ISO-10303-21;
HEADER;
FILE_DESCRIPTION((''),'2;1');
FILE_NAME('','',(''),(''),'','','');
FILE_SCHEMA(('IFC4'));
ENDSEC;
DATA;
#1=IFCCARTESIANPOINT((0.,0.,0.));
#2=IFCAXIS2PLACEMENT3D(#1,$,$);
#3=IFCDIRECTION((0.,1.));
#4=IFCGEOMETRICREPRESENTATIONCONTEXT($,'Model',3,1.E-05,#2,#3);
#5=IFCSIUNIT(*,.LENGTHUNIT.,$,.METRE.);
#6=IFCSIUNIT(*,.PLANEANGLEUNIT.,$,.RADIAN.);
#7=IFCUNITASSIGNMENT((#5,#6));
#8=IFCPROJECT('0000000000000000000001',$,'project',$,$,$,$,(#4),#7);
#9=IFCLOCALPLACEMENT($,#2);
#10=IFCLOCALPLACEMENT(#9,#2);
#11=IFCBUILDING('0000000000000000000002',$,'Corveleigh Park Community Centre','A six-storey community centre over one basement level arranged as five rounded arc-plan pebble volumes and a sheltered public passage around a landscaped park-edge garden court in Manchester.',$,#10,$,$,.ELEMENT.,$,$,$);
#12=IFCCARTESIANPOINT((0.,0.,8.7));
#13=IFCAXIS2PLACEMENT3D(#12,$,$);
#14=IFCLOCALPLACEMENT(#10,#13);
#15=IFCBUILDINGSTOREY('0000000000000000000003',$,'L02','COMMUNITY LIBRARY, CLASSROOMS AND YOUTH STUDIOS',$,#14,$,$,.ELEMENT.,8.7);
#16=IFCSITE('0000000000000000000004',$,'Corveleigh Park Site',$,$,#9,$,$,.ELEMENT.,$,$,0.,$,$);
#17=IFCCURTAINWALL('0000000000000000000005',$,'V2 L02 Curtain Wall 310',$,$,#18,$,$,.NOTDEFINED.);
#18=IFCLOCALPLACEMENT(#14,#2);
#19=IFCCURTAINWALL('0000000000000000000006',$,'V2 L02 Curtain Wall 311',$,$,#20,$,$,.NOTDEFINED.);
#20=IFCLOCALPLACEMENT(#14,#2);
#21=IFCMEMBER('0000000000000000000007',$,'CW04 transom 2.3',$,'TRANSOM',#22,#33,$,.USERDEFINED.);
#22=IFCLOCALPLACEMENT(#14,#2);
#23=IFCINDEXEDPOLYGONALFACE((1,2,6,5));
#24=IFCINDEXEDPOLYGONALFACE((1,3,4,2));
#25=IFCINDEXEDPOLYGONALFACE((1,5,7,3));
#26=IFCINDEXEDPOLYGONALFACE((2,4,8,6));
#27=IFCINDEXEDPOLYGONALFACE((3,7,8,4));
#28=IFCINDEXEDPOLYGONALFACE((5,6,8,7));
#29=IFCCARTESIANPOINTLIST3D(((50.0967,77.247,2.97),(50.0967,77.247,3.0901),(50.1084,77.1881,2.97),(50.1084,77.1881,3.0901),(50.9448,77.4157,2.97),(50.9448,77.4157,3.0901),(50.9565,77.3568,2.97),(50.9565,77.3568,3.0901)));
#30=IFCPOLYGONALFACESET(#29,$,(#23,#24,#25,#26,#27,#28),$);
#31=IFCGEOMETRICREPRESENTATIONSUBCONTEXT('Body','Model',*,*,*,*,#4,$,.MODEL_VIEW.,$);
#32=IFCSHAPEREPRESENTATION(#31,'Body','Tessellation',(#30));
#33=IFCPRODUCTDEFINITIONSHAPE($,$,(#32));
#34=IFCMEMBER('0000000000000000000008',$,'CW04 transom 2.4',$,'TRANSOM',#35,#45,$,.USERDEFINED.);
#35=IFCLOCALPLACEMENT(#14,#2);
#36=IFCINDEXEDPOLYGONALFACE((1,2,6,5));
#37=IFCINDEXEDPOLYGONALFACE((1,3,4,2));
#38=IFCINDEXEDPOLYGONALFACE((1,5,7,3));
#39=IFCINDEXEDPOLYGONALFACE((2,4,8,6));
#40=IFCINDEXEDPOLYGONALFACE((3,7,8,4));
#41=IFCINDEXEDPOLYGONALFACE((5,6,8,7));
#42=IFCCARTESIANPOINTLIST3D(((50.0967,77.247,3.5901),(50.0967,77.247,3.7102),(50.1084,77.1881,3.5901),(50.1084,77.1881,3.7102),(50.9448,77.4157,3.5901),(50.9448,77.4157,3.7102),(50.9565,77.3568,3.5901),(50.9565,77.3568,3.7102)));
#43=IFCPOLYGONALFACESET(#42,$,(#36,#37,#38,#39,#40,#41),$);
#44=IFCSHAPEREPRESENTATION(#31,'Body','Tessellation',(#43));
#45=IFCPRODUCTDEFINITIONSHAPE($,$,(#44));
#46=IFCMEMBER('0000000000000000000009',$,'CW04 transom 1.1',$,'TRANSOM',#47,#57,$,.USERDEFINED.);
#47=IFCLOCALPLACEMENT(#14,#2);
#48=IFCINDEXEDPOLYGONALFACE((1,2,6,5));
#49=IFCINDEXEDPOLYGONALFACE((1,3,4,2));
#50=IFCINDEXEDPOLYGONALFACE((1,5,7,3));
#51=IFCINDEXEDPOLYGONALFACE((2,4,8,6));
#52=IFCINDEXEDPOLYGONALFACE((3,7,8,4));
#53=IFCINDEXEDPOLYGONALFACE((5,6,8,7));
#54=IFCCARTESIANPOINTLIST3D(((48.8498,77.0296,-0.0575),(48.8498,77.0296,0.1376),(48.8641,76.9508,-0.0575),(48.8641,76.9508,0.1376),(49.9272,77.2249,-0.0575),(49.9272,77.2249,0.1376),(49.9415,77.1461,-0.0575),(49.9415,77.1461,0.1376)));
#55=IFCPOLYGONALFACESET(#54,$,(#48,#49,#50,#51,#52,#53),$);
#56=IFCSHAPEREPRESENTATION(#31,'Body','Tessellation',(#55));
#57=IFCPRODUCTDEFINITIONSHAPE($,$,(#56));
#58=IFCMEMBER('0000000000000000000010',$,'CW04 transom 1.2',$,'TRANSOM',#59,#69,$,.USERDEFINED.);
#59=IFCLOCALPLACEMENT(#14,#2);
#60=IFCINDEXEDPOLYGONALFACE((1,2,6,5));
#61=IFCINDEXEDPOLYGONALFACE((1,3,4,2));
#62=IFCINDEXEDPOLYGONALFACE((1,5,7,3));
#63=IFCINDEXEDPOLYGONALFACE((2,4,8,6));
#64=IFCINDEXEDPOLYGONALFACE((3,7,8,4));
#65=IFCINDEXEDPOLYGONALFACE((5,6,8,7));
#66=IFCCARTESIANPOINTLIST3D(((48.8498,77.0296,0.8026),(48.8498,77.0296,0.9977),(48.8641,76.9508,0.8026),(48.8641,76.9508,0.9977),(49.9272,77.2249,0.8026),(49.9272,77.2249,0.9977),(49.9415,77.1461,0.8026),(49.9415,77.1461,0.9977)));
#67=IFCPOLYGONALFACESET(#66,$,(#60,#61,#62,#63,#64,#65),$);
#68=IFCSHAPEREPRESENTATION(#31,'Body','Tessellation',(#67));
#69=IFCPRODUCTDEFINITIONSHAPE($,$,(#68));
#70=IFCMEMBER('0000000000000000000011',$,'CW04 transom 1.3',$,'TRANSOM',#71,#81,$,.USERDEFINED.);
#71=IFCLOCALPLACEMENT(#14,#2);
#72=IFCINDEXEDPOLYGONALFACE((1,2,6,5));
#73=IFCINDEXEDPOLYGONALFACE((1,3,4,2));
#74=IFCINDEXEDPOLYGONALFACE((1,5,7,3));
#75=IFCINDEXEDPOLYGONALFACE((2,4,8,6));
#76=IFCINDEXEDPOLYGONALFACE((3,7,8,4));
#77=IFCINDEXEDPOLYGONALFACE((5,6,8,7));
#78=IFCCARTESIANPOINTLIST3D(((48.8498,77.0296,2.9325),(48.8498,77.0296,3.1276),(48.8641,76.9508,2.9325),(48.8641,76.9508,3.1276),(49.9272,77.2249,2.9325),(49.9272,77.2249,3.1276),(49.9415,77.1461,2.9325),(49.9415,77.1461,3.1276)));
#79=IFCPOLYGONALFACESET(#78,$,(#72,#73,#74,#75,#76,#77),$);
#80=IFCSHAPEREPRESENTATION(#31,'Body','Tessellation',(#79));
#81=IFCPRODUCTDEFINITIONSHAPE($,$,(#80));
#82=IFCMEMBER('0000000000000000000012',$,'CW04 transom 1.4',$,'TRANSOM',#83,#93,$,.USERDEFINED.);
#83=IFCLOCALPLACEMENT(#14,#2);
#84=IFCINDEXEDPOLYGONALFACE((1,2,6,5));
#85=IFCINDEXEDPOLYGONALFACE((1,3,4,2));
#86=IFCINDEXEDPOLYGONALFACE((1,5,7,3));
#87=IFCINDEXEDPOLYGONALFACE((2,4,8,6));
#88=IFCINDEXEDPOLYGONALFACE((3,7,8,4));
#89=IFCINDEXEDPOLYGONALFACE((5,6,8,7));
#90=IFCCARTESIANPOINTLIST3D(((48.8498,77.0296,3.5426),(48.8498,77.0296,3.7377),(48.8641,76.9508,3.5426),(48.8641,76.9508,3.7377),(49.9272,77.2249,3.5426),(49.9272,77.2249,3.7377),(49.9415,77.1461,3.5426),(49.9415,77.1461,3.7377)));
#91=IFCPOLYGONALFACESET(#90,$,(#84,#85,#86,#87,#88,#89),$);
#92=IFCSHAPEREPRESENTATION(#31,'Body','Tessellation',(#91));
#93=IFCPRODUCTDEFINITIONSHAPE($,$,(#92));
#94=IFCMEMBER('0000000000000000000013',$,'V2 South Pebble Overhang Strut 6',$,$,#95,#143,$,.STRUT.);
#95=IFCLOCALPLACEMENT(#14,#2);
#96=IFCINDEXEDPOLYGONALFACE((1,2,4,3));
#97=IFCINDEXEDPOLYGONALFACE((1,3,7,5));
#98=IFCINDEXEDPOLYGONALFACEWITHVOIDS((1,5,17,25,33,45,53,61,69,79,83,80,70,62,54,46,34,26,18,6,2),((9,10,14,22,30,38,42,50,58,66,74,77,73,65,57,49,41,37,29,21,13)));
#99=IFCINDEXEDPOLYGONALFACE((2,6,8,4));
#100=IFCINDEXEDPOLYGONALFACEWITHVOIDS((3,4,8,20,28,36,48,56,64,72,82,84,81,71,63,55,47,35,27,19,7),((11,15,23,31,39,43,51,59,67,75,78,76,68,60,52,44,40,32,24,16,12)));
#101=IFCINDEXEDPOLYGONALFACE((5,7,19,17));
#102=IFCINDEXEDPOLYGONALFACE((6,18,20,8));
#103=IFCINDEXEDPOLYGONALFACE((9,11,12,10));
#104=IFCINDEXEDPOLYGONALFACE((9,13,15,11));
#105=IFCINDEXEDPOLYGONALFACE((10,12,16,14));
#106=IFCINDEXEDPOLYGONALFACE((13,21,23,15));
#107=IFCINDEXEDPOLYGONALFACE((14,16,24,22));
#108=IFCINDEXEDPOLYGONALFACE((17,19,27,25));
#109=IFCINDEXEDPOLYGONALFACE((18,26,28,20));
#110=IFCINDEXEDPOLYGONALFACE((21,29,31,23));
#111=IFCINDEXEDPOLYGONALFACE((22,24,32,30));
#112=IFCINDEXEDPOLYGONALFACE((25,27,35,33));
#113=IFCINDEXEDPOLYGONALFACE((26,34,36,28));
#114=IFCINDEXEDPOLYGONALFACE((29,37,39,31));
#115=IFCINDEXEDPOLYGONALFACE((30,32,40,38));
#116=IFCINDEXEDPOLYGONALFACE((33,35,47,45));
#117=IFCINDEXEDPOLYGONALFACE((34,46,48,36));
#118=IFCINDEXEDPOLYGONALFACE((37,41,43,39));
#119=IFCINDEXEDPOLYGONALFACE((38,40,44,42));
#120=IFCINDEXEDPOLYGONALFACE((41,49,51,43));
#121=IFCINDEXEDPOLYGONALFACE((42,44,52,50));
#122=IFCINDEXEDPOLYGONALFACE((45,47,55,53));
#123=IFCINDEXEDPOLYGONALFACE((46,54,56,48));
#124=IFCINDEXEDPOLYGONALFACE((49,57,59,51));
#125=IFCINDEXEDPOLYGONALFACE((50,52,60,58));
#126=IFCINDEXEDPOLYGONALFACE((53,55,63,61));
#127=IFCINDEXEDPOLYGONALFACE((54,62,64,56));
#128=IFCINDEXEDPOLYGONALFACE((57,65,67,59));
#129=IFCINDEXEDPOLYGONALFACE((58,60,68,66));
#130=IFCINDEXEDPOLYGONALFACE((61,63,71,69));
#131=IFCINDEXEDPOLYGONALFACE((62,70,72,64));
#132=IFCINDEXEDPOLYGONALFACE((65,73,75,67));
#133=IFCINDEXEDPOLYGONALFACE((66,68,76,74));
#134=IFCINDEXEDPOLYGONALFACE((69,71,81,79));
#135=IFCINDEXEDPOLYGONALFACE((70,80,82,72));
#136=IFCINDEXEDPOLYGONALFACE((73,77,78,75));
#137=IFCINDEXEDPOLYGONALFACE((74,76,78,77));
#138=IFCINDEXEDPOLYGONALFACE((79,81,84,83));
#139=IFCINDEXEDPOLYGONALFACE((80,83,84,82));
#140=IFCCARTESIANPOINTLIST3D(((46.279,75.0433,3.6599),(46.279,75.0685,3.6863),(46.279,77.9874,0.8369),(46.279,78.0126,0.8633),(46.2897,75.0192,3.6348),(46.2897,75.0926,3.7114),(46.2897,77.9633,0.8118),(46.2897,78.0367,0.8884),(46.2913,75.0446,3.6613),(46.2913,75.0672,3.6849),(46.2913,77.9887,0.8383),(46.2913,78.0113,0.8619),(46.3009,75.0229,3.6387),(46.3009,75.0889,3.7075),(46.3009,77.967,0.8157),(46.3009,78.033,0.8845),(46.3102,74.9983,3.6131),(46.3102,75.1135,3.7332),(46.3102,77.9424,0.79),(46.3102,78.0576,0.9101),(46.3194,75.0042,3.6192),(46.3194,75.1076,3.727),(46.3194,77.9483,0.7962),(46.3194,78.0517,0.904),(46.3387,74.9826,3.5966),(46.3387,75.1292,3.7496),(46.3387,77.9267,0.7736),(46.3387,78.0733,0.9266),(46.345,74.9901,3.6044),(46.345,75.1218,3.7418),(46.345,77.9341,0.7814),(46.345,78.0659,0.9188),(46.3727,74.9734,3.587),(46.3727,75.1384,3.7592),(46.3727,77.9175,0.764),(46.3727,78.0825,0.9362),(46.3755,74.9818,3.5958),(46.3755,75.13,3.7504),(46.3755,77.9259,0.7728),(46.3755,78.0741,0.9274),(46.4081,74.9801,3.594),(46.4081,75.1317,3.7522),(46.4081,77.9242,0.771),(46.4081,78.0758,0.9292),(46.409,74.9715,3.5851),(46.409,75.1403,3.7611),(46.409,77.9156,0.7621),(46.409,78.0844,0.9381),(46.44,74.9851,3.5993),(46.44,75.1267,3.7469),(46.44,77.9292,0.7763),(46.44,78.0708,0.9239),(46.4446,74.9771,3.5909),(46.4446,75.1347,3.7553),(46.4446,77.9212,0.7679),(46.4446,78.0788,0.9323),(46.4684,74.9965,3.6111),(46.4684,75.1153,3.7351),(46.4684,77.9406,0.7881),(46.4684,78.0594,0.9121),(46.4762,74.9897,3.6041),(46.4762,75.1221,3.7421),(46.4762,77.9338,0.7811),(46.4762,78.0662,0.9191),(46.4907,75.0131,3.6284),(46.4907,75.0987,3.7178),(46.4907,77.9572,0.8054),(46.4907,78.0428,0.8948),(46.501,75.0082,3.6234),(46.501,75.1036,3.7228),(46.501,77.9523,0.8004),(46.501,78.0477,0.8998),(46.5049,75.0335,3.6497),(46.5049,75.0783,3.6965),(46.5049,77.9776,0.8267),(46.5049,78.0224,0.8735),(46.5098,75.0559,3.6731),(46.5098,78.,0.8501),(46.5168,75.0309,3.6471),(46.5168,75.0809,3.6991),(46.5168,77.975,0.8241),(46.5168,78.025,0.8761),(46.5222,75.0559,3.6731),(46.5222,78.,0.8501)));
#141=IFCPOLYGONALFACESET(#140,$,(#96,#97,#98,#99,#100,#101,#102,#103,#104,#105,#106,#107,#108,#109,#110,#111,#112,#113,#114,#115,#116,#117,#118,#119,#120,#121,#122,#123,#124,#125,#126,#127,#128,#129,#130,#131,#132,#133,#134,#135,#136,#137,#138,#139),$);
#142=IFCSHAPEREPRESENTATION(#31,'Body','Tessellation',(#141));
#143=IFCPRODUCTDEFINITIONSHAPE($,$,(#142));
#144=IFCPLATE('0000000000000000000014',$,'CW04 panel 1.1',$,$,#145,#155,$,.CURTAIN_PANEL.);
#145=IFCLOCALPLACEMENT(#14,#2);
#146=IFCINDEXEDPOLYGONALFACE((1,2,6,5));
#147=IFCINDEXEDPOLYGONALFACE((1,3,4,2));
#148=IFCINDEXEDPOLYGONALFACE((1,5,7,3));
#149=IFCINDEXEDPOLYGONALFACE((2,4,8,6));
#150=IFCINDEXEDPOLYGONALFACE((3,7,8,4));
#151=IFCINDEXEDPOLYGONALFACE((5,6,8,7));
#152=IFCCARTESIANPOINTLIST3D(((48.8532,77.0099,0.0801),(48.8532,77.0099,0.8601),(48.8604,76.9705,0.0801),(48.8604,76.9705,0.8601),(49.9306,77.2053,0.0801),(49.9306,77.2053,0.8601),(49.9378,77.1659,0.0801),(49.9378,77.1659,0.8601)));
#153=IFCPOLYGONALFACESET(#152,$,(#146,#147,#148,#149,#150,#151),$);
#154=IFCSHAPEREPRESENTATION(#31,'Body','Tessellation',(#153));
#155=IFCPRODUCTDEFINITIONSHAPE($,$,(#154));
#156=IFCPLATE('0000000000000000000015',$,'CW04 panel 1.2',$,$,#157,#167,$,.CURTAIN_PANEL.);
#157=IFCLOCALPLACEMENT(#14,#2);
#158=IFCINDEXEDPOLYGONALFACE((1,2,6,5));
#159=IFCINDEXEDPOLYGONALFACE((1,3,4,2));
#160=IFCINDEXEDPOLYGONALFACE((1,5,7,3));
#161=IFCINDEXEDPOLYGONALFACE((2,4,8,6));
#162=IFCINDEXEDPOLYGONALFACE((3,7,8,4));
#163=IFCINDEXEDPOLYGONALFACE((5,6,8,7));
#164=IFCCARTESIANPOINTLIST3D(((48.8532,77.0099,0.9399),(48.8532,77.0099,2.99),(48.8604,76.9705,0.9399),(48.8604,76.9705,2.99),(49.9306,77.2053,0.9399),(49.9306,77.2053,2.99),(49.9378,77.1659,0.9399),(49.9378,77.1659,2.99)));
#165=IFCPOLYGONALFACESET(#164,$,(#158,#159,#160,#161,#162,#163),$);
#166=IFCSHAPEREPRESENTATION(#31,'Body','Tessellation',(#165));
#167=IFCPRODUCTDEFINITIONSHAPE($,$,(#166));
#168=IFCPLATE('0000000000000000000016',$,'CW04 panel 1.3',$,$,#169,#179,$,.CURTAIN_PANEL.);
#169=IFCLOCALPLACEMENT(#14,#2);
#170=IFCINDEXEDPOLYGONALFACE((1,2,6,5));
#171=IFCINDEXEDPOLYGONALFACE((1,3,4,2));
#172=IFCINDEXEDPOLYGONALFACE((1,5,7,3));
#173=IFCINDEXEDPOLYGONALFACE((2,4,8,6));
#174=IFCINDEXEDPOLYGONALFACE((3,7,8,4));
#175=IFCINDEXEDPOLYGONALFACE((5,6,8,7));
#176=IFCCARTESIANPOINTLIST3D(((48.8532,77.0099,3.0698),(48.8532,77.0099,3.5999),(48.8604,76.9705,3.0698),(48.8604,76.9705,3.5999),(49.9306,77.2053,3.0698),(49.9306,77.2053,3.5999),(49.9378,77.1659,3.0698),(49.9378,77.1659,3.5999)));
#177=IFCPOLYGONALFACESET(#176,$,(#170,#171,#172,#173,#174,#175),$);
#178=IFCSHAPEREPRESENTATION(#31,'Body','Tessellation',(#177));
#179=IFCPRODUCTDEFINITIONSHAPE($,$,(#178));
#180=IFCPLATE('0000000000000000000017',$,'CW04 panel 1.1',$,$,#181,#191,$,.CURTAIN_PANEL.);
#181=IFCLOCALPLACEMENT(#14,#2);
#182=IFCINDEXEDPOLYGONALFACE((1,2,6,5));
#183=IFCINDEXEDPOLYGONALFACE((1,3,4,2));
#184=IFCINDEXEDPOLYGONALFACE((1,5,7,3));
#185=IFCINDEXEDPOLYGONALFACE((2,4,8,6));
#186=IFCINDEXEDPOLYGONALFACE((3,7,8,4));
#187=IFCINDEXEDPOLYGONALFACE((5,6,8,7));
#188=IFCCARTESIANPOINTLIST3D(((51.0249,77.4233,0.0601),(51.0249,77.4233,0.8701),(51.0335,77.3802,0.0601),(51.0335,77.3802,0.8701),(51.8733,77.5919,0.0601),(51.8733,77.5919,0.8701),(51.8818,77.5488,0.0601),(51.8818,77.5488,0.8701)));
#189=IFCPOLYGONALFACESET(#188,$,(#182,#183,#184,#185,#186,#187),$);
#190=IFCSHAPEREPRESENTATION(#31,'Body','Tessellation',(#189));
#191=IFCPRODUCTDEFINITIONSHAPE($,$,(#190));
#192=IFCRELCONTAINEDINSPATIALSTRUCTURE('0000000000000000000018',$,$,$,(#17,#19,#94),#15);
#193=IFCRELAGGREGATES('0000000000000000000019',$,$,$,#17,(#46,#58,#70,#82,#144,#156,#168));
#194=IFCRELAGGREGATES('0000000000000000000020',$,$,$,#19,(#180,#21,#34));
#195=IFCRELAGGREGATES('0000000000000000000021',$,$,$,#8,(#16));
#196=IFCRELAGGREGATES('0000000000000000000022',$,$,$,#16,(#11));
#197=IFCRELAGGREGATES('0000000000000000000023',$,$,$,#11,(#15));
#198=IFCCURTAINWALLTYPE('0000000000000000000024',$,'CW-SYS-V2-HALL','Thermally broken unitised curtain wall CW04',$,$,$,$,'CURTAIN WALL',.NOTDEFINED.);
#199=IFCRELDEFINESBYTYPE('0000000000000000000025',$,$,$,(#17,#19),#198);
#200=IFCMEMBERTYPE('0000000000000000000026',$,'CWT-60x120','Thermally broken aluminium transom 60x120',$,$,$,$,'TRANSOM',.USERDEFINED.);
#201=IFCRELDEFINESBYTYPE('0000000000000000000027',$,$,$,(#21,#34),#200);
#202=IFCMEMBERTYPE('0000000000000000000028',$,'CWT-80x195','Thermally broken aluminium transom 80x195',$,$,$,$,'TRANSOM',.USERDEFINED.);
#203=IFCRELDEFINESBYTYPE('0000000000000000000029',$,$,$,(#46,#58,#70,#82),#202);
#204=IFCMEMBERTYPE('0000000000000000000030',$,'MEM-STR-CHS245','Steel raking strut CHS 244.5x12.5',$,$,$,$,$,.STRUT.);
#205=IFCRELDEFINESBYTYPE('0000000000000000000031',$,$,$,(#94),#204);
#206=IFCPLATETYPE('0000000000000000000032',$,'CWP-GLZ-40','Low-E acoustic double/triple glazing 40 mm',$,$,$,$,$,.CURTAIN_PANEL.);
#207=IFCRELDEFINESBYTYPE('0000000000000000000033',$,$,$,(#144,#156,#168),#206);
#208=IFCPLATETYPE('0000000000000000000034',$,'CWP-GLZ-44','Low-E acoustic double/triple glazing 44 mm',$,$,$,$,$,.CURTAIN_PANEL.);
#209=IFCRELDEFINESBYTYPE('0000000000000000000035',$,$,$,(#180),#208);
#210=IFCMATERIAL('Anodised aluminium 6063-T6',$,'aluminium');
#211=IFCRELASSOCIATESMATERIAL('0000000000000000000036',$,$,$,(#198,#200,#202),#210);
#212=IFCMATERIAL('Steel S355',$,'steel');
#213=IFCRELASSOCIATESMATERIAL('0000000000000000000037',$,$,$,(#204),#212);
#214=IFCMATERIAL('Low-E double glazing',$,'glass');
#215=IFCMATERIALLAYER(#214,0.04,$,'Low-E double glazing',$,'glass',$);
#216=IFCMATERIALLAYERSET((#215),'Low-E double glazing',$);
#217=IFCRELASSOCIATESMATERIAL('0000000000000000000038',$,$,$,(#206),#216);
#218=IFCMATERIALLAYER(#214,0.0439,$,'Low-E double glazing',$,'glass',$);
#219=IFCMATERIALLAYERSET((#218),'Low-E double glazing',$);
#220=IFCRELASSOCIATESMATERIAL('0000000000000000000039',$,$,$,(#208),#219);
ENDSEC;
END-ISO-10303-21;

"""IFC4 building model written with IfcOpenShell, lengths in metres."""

from ifc_helpers import new_model, si_unit, direction, frame, origin, origin_2d, place, context, subcontext, project, spatial, rectangle, hollow_circle, extrude, material, layer, layer_set, material_profile, profile_set, type_object, element, aggregate, save


model = new_model("IFC4")

# Units and contexts
model_context = context("Model", 3, precision=1e-05, world=origin(), true_north=direction((0.0, 1.0)))
body_context = subcontext(model_context, "Body", "Model", "MODEL_VIEW")
ifc_project = project(units=[si_unit("LENGTHUNIT", "METRE"), si_unit("PLANEANGLEUNIT", "RADIAN")], contexts=[model_context])

# Site, building, storey
site_placement = place(None, origin())
site = spatial("IfcSite", under=ifc_project, at=site_placement, Name="Corveleigh Park Site", CompositionType="ELEMENT", RefElevation=0.0)
building_placement = place(site_placement, origin())
building = spatial("IfcBuilding", under=site, at=building_placement, Name="Corveleigh Park Community Centre", Description="A six-storey community centre over one basement level arranged as five rounded arc-plan pebble volumes and a sheltered public passage around a landscaped park-edge garden court in Manchester.", CompositionType="ELEMENT")
storey_placement = place(building_placement, frame((0.0, 0.0, 8.7)))
storey = spatial("IfcBuildingStorey", under=building, at=storey_placement, Name="L02", Description="COMMUNITY LIBRARY, CLASSROOMS AND YOUTH STUDIOS", CompositionType="ELEMENT", Elevation=8.7)

# Shared definitions
ifc_material_1 = material(Name="Steel S355", Category="steel")

# Curtain walls, members
ifc_material_2 = material(Name="Anodised aluminium 6063-T6", Category="aluminium")
curtain_wall_type = type_object("IfcCurtainWallType", Name="CW-SYS-V2-HALL", Description="Thermally broken unitised curtain wall CW04", ElementType="CURTAIN WALL", PredefinedType="NOTDEFINED", material=ifc_material_2)
curtain_wall_1_placement = place(storey_placement, origin())
curtain_wall_1 = element("IfcCurtainWall", 1, at=curtain_wall_1_placement, inside=storey, type_object=curtain_wall_type, Name="V2 L02 Curtain Wall 310", PredefinedType="NOTDEFINED")
curtain_wall_2_placement = place(storey_placement, origin())
curtain_wall_2 = element("IfcCurtainWall", 2, at=curtain_wall_2_placement, inside=storey, type_object=curtain_wall_type, Name="V2 L02 Curtain Wall 311", PredefinedType="NOTDEFINED")
ifc_material_profile_1 = material_profile(ifc_material_2, rectangle(XDim=0.0601, YDim=0.1201, at=origin_2d()), Name="ALU-T60x120", Category="aluminium")
ifc_profile_set_1 = profile_set([ifc_material_profile_1], Name="Anodised aluminium 6063-T6")
member_type_1 = type_object("IfcMemberType", Name="CWT-60x120", Description="Thermally broken aluminium transom 60x120", ElementType="TRANSOM", PredefinedType="USERDEFINED", material=ifc_profile_set_1)
member_1_placement = place(storey_placement, frame((50.9507, 77.3862, 3.03), z_axis=(-0.980786, -0.195084, 0.0), x_axis=(0.195084, -0.980786, 0.0)))
member_1 = element("IfcMember", 3, at=member_1_placement, type_object=member_type_1, Name="CW04 transom 2.3", ObjectType="TRANSOM", PredefinedType="USERDEFINED", context=body_context, shape_type="SweptSolid", body=[
    extrude(rectangle(XDim=0.0601, YDim=0.1201, at=origin_2d()), origin(), (0.0, 0.0, 1.0), 0.8647),
])
member_2_placement = place(storey_placement, frame((50.9507, 77.3862, 3.6501), z_axis=(-0.980786, -0.195084, 0.0), x_axis=(0.195084, -0.980786, 0.0)))
member_2 = element("IfcMember", 4, at=member_2_placement, type_object=member_type_1, Name="CW04 transom 2.4", ObjectType="TRANSOM", PredefinedType="USERDEFINED", context=body_context, shape_type="SweptSolid", body=[
    extrude(rectangle(XDim=0.0601, YDim=0.1201, at=origin_2d()), origin(), (0.0, 0.0, 1.0), 0.8647),
])

# Members
ifc_material_profile_2 = material_profile(ifc_material_2, rectangle(XDim=0.0801, YDim=0.1951, at=origin_2d()), Name="ALU-T80x195", Category="aluminium")
ifc_profile_set_2 = profile_set([ifc_material_profile_2], Name="Anodised aluminium 6063-T6")
member_type_2 = type_object("IfcMemberType", Name="CWT-80x195", Description="Thermally broken aluminium transom 80x195", ElementType="TRANSOM", PredefinedType="USERDEFINED", material=ifc_profile_set_2)
member_3_placement = place(storey_placement, frame((49.9343, 77.1855, 0.04), z_axis=(-0.983963, -0.178375, 0.0), x_axis=(0.178375, -0.983963, 0.0)))
member_3 = element("IfcMember", 5, at=member_3_placement, type_object=member_type_2, Name="CW04 transom 1.1", ObjectType="TRANSOM", PredefinedType="USERDEFINED", context=body_context, shape_type="SweptSolid", body=[
    extrude(rectangle(XDim=0.0801, YDim=0.1951, at=origin_2d()), origin(), (0.0, 0.0, 1.0), 1.095),
])
member_4_placement = place(storey_placement, frame((49.9343, 77.1855, 0.9001), z_axis=(-0.983963, -0.178375, 0.0), x_axis=(0.178375, -0.983963, 0.0)))
member_4 = element("IfcMember", 6, at=member_4_placement, type_object=member_type_2, Name="CW04 transom 1.2", ObjectType="TRANSOM", PredefinedType="USERDEFINED", context=body_context, shape_type="SweptSolid", body=[
    extrude(rectangle(XDim=0.0801, YDim=0.1951, at=origin_2d()), origin(), (0.0, 0.0, 1.0), 1.095),
])
member_5_placement = place(storey_placement, frame((49.9343, 77.1855, 3.03), z_axis=(-0.983963, -0.178375, 0.0), x_axis=(0.178375, -0.983963, 0.0)))
member_5 = element("IfcMember", 7, at=member_5_placement, type_object=member_type_2, Name="CW04 transom 1.3", ObjectType="TRANSOM", PredefinedType="USERDEFINED", context=body_context, shape_type="SweptSolid", body=[
    extrude(rectangle(XDim=0.0801, YDim=0.1951, at=origin_2d()), origin(), (0.0, 0.0, 1.0), 1.095),
])
member_6_placement = place(storey_placement, frame((49.9343, 77.1855, 3.6401), z_axis=(-0.983963, -0.178375, 0.0), x_axis=(0.178375, -0.983963, 0.0)))
member_6 = element("IfcMember", 8, at=member_6_placement, type_object=member_type_2, Name="CW04 transom 1.4", ObjectType="TRANSOM", PredefinedType="USERDEFINED", context=body_context, shape_type="SweptSolid", body=[
    extrude(rectangle(XDim=0.0801, YDim=0.1951, at=origin_2d()), origin(), (0.0, 0.0, 1.0), 1.095),
])
ifc_material_profile_3 = material_profile(ifc_material_1, hollow_circle(Radius=0.1223, WallThickness=0.0125, at=origin_2d()), Name="CHS 244.5x12.5", Category="steel")
ifc_profile_set_3 = profile_set([ifc_material_profile_3], Name="Steel S355")
member_type_3 = type_object("IfcMemberType", Name="MEM-STR-CHS245", Description="Steel raking strut CHS 244.5x12.5", PredefinedType="STRUT", material=ifc_profile_set_3)
member_7_placement = place(storey_placement, frame((46.3999, 78.0, 0.8501), z_axis=(0.0, -0.721795, 0.692107), x_axis=(1.0, 0.0, 0.0)))
element("IfcMember", 9, at=member_7_placement, inside=storey, type_object=member_type_3, Name="V2 South Pebble Overhang Strut 6", PredefinedType="STRUT", context=body_context, shape_type="SweptSolid", body=[
    extrude(hollow_circle(Radius=0.1223, WallThickness=0.0125, at=origin_2d()), origin(), (0.0, 0.0, 1.0), 4.0789),
])

# Plates
ifc_material_3 = material(Name="Low-E double glazing", Category="glass")
ifc_layer_1 = layer(ifc_material_3, 0.04, Name="Low-E double glazing", Category="glass")
ifc_layer_set_1 = layer_set([ifc_layer_1], Name="Low-E double glazing")
plate_type_1 = type_object("IfcPlateType", Name="CWP-GLZ-40", Description="Low-E acoustic double/triple glazing 40 mm", PredefinedType="CURTAIN_PANEL", material=ifc_layer_set_1)
plate_1_placement = place(storey_placement, frame((49.3955, 77.0879, 0.0801), z_axis=(0.0, 0.0, 1.0), x_axis=(-0.983943, -0.178485, 0.0)))
plate_1 = element("IfcPlate", 10, at=plate_1_placement, type_object=plate_type_1, Name="CW04 panel 1.1", PredefinedType="CURTAIN_PANEL", context=body_context, shape_type="SweptSolid", body=[
    extrude(rectangle(XDim=1.095, YDim=0.04, at=origin_2d()), origin(), (0.0, 0.0, 1.0), 0.78),
])
plate_2_placement = place(storey_placement, frame((49.3955, 77.0879, 0.9399), z_axis=(0.0, 0.0, 1.0), x_axis=(-0.983943, -0.178485, 0.0)))
plate_2 = element("IfcPlate", 11, at=plate_2_placement, type_object=plate_type_1, Name="CW04 panel 1.2", PredefinedType="CURTAIN_PANEL", context=body_context, shape_type="SweptSolid", body=[
    extrude(rectangle(XDim=1.095, YDim=0.04, at=origin_2d()), origin(), (0.0, 0.0, 1.0), 2.05),
])
plate_3_placement = place(storey_placement, frame((49.3955, 77.0879, 3.0698), z_axis=(0.0, 0.0, 1.0), x_axis=(-0.983943, -0.178485, 0.0)))
plate_3 = element("IfcPlate", 12, at=plate_3_placement, type_object=plate_type_1, Name="CW04 panel 1.3", PredefinedType="CURTAIN_PANEL", context=body_context, shape_type="SweptSolid", body=[
    extrude(rectangle(XDim=1.095, YDim=0.04, at=origin_2d()), origin(), (0.0, 0.0, 1.0), 0.53),
])
aggregate(curtain_wall_1, [member_3, member_4, member_5, member_6, plate_1, plate_2, plate_3])
ifc_layer_2 = layer(ifc_material_3, 0.0439, Name="Low-E double glazing", Category="glass")
ifc_layer_set_2 = layer_set([ifc_layer_2], Name="Low-E double glazing")
plate_type_2 = type_object("IfcPlateType", Name="CWP-GLZ-44", Description="Low-E acoustic double/triple glazing 44 mm", PredefinedType="CURTAIN_PANEL", material=ifc_layer_set_2)
plate_4_placement = place(storey_placement, frame((51.4534, 77.4861, 0.0601), z_axis=(0.0, 0.0, 1.0), x_axis=(-0.980814, -0.194944, 0.0)))
plate_4 = element("IfcPlate", 13, at=plate_4_placement, type_object=plate_type_2, Name="CW04 panel 1.1", PredefinedType="CURTAIN_PANEL", context=body_context, shape_type="SweptSolid", body=[
    extrude(rectangle(XDim=0.865, YDim=0.0439, at=origin_2d()), origin(), (0.0, 0.0, 1.0), 0.8101),
])
aggregate(curtain_wall_2, [plate_4, member_1, member_2])

save(model, "model.ifc")
